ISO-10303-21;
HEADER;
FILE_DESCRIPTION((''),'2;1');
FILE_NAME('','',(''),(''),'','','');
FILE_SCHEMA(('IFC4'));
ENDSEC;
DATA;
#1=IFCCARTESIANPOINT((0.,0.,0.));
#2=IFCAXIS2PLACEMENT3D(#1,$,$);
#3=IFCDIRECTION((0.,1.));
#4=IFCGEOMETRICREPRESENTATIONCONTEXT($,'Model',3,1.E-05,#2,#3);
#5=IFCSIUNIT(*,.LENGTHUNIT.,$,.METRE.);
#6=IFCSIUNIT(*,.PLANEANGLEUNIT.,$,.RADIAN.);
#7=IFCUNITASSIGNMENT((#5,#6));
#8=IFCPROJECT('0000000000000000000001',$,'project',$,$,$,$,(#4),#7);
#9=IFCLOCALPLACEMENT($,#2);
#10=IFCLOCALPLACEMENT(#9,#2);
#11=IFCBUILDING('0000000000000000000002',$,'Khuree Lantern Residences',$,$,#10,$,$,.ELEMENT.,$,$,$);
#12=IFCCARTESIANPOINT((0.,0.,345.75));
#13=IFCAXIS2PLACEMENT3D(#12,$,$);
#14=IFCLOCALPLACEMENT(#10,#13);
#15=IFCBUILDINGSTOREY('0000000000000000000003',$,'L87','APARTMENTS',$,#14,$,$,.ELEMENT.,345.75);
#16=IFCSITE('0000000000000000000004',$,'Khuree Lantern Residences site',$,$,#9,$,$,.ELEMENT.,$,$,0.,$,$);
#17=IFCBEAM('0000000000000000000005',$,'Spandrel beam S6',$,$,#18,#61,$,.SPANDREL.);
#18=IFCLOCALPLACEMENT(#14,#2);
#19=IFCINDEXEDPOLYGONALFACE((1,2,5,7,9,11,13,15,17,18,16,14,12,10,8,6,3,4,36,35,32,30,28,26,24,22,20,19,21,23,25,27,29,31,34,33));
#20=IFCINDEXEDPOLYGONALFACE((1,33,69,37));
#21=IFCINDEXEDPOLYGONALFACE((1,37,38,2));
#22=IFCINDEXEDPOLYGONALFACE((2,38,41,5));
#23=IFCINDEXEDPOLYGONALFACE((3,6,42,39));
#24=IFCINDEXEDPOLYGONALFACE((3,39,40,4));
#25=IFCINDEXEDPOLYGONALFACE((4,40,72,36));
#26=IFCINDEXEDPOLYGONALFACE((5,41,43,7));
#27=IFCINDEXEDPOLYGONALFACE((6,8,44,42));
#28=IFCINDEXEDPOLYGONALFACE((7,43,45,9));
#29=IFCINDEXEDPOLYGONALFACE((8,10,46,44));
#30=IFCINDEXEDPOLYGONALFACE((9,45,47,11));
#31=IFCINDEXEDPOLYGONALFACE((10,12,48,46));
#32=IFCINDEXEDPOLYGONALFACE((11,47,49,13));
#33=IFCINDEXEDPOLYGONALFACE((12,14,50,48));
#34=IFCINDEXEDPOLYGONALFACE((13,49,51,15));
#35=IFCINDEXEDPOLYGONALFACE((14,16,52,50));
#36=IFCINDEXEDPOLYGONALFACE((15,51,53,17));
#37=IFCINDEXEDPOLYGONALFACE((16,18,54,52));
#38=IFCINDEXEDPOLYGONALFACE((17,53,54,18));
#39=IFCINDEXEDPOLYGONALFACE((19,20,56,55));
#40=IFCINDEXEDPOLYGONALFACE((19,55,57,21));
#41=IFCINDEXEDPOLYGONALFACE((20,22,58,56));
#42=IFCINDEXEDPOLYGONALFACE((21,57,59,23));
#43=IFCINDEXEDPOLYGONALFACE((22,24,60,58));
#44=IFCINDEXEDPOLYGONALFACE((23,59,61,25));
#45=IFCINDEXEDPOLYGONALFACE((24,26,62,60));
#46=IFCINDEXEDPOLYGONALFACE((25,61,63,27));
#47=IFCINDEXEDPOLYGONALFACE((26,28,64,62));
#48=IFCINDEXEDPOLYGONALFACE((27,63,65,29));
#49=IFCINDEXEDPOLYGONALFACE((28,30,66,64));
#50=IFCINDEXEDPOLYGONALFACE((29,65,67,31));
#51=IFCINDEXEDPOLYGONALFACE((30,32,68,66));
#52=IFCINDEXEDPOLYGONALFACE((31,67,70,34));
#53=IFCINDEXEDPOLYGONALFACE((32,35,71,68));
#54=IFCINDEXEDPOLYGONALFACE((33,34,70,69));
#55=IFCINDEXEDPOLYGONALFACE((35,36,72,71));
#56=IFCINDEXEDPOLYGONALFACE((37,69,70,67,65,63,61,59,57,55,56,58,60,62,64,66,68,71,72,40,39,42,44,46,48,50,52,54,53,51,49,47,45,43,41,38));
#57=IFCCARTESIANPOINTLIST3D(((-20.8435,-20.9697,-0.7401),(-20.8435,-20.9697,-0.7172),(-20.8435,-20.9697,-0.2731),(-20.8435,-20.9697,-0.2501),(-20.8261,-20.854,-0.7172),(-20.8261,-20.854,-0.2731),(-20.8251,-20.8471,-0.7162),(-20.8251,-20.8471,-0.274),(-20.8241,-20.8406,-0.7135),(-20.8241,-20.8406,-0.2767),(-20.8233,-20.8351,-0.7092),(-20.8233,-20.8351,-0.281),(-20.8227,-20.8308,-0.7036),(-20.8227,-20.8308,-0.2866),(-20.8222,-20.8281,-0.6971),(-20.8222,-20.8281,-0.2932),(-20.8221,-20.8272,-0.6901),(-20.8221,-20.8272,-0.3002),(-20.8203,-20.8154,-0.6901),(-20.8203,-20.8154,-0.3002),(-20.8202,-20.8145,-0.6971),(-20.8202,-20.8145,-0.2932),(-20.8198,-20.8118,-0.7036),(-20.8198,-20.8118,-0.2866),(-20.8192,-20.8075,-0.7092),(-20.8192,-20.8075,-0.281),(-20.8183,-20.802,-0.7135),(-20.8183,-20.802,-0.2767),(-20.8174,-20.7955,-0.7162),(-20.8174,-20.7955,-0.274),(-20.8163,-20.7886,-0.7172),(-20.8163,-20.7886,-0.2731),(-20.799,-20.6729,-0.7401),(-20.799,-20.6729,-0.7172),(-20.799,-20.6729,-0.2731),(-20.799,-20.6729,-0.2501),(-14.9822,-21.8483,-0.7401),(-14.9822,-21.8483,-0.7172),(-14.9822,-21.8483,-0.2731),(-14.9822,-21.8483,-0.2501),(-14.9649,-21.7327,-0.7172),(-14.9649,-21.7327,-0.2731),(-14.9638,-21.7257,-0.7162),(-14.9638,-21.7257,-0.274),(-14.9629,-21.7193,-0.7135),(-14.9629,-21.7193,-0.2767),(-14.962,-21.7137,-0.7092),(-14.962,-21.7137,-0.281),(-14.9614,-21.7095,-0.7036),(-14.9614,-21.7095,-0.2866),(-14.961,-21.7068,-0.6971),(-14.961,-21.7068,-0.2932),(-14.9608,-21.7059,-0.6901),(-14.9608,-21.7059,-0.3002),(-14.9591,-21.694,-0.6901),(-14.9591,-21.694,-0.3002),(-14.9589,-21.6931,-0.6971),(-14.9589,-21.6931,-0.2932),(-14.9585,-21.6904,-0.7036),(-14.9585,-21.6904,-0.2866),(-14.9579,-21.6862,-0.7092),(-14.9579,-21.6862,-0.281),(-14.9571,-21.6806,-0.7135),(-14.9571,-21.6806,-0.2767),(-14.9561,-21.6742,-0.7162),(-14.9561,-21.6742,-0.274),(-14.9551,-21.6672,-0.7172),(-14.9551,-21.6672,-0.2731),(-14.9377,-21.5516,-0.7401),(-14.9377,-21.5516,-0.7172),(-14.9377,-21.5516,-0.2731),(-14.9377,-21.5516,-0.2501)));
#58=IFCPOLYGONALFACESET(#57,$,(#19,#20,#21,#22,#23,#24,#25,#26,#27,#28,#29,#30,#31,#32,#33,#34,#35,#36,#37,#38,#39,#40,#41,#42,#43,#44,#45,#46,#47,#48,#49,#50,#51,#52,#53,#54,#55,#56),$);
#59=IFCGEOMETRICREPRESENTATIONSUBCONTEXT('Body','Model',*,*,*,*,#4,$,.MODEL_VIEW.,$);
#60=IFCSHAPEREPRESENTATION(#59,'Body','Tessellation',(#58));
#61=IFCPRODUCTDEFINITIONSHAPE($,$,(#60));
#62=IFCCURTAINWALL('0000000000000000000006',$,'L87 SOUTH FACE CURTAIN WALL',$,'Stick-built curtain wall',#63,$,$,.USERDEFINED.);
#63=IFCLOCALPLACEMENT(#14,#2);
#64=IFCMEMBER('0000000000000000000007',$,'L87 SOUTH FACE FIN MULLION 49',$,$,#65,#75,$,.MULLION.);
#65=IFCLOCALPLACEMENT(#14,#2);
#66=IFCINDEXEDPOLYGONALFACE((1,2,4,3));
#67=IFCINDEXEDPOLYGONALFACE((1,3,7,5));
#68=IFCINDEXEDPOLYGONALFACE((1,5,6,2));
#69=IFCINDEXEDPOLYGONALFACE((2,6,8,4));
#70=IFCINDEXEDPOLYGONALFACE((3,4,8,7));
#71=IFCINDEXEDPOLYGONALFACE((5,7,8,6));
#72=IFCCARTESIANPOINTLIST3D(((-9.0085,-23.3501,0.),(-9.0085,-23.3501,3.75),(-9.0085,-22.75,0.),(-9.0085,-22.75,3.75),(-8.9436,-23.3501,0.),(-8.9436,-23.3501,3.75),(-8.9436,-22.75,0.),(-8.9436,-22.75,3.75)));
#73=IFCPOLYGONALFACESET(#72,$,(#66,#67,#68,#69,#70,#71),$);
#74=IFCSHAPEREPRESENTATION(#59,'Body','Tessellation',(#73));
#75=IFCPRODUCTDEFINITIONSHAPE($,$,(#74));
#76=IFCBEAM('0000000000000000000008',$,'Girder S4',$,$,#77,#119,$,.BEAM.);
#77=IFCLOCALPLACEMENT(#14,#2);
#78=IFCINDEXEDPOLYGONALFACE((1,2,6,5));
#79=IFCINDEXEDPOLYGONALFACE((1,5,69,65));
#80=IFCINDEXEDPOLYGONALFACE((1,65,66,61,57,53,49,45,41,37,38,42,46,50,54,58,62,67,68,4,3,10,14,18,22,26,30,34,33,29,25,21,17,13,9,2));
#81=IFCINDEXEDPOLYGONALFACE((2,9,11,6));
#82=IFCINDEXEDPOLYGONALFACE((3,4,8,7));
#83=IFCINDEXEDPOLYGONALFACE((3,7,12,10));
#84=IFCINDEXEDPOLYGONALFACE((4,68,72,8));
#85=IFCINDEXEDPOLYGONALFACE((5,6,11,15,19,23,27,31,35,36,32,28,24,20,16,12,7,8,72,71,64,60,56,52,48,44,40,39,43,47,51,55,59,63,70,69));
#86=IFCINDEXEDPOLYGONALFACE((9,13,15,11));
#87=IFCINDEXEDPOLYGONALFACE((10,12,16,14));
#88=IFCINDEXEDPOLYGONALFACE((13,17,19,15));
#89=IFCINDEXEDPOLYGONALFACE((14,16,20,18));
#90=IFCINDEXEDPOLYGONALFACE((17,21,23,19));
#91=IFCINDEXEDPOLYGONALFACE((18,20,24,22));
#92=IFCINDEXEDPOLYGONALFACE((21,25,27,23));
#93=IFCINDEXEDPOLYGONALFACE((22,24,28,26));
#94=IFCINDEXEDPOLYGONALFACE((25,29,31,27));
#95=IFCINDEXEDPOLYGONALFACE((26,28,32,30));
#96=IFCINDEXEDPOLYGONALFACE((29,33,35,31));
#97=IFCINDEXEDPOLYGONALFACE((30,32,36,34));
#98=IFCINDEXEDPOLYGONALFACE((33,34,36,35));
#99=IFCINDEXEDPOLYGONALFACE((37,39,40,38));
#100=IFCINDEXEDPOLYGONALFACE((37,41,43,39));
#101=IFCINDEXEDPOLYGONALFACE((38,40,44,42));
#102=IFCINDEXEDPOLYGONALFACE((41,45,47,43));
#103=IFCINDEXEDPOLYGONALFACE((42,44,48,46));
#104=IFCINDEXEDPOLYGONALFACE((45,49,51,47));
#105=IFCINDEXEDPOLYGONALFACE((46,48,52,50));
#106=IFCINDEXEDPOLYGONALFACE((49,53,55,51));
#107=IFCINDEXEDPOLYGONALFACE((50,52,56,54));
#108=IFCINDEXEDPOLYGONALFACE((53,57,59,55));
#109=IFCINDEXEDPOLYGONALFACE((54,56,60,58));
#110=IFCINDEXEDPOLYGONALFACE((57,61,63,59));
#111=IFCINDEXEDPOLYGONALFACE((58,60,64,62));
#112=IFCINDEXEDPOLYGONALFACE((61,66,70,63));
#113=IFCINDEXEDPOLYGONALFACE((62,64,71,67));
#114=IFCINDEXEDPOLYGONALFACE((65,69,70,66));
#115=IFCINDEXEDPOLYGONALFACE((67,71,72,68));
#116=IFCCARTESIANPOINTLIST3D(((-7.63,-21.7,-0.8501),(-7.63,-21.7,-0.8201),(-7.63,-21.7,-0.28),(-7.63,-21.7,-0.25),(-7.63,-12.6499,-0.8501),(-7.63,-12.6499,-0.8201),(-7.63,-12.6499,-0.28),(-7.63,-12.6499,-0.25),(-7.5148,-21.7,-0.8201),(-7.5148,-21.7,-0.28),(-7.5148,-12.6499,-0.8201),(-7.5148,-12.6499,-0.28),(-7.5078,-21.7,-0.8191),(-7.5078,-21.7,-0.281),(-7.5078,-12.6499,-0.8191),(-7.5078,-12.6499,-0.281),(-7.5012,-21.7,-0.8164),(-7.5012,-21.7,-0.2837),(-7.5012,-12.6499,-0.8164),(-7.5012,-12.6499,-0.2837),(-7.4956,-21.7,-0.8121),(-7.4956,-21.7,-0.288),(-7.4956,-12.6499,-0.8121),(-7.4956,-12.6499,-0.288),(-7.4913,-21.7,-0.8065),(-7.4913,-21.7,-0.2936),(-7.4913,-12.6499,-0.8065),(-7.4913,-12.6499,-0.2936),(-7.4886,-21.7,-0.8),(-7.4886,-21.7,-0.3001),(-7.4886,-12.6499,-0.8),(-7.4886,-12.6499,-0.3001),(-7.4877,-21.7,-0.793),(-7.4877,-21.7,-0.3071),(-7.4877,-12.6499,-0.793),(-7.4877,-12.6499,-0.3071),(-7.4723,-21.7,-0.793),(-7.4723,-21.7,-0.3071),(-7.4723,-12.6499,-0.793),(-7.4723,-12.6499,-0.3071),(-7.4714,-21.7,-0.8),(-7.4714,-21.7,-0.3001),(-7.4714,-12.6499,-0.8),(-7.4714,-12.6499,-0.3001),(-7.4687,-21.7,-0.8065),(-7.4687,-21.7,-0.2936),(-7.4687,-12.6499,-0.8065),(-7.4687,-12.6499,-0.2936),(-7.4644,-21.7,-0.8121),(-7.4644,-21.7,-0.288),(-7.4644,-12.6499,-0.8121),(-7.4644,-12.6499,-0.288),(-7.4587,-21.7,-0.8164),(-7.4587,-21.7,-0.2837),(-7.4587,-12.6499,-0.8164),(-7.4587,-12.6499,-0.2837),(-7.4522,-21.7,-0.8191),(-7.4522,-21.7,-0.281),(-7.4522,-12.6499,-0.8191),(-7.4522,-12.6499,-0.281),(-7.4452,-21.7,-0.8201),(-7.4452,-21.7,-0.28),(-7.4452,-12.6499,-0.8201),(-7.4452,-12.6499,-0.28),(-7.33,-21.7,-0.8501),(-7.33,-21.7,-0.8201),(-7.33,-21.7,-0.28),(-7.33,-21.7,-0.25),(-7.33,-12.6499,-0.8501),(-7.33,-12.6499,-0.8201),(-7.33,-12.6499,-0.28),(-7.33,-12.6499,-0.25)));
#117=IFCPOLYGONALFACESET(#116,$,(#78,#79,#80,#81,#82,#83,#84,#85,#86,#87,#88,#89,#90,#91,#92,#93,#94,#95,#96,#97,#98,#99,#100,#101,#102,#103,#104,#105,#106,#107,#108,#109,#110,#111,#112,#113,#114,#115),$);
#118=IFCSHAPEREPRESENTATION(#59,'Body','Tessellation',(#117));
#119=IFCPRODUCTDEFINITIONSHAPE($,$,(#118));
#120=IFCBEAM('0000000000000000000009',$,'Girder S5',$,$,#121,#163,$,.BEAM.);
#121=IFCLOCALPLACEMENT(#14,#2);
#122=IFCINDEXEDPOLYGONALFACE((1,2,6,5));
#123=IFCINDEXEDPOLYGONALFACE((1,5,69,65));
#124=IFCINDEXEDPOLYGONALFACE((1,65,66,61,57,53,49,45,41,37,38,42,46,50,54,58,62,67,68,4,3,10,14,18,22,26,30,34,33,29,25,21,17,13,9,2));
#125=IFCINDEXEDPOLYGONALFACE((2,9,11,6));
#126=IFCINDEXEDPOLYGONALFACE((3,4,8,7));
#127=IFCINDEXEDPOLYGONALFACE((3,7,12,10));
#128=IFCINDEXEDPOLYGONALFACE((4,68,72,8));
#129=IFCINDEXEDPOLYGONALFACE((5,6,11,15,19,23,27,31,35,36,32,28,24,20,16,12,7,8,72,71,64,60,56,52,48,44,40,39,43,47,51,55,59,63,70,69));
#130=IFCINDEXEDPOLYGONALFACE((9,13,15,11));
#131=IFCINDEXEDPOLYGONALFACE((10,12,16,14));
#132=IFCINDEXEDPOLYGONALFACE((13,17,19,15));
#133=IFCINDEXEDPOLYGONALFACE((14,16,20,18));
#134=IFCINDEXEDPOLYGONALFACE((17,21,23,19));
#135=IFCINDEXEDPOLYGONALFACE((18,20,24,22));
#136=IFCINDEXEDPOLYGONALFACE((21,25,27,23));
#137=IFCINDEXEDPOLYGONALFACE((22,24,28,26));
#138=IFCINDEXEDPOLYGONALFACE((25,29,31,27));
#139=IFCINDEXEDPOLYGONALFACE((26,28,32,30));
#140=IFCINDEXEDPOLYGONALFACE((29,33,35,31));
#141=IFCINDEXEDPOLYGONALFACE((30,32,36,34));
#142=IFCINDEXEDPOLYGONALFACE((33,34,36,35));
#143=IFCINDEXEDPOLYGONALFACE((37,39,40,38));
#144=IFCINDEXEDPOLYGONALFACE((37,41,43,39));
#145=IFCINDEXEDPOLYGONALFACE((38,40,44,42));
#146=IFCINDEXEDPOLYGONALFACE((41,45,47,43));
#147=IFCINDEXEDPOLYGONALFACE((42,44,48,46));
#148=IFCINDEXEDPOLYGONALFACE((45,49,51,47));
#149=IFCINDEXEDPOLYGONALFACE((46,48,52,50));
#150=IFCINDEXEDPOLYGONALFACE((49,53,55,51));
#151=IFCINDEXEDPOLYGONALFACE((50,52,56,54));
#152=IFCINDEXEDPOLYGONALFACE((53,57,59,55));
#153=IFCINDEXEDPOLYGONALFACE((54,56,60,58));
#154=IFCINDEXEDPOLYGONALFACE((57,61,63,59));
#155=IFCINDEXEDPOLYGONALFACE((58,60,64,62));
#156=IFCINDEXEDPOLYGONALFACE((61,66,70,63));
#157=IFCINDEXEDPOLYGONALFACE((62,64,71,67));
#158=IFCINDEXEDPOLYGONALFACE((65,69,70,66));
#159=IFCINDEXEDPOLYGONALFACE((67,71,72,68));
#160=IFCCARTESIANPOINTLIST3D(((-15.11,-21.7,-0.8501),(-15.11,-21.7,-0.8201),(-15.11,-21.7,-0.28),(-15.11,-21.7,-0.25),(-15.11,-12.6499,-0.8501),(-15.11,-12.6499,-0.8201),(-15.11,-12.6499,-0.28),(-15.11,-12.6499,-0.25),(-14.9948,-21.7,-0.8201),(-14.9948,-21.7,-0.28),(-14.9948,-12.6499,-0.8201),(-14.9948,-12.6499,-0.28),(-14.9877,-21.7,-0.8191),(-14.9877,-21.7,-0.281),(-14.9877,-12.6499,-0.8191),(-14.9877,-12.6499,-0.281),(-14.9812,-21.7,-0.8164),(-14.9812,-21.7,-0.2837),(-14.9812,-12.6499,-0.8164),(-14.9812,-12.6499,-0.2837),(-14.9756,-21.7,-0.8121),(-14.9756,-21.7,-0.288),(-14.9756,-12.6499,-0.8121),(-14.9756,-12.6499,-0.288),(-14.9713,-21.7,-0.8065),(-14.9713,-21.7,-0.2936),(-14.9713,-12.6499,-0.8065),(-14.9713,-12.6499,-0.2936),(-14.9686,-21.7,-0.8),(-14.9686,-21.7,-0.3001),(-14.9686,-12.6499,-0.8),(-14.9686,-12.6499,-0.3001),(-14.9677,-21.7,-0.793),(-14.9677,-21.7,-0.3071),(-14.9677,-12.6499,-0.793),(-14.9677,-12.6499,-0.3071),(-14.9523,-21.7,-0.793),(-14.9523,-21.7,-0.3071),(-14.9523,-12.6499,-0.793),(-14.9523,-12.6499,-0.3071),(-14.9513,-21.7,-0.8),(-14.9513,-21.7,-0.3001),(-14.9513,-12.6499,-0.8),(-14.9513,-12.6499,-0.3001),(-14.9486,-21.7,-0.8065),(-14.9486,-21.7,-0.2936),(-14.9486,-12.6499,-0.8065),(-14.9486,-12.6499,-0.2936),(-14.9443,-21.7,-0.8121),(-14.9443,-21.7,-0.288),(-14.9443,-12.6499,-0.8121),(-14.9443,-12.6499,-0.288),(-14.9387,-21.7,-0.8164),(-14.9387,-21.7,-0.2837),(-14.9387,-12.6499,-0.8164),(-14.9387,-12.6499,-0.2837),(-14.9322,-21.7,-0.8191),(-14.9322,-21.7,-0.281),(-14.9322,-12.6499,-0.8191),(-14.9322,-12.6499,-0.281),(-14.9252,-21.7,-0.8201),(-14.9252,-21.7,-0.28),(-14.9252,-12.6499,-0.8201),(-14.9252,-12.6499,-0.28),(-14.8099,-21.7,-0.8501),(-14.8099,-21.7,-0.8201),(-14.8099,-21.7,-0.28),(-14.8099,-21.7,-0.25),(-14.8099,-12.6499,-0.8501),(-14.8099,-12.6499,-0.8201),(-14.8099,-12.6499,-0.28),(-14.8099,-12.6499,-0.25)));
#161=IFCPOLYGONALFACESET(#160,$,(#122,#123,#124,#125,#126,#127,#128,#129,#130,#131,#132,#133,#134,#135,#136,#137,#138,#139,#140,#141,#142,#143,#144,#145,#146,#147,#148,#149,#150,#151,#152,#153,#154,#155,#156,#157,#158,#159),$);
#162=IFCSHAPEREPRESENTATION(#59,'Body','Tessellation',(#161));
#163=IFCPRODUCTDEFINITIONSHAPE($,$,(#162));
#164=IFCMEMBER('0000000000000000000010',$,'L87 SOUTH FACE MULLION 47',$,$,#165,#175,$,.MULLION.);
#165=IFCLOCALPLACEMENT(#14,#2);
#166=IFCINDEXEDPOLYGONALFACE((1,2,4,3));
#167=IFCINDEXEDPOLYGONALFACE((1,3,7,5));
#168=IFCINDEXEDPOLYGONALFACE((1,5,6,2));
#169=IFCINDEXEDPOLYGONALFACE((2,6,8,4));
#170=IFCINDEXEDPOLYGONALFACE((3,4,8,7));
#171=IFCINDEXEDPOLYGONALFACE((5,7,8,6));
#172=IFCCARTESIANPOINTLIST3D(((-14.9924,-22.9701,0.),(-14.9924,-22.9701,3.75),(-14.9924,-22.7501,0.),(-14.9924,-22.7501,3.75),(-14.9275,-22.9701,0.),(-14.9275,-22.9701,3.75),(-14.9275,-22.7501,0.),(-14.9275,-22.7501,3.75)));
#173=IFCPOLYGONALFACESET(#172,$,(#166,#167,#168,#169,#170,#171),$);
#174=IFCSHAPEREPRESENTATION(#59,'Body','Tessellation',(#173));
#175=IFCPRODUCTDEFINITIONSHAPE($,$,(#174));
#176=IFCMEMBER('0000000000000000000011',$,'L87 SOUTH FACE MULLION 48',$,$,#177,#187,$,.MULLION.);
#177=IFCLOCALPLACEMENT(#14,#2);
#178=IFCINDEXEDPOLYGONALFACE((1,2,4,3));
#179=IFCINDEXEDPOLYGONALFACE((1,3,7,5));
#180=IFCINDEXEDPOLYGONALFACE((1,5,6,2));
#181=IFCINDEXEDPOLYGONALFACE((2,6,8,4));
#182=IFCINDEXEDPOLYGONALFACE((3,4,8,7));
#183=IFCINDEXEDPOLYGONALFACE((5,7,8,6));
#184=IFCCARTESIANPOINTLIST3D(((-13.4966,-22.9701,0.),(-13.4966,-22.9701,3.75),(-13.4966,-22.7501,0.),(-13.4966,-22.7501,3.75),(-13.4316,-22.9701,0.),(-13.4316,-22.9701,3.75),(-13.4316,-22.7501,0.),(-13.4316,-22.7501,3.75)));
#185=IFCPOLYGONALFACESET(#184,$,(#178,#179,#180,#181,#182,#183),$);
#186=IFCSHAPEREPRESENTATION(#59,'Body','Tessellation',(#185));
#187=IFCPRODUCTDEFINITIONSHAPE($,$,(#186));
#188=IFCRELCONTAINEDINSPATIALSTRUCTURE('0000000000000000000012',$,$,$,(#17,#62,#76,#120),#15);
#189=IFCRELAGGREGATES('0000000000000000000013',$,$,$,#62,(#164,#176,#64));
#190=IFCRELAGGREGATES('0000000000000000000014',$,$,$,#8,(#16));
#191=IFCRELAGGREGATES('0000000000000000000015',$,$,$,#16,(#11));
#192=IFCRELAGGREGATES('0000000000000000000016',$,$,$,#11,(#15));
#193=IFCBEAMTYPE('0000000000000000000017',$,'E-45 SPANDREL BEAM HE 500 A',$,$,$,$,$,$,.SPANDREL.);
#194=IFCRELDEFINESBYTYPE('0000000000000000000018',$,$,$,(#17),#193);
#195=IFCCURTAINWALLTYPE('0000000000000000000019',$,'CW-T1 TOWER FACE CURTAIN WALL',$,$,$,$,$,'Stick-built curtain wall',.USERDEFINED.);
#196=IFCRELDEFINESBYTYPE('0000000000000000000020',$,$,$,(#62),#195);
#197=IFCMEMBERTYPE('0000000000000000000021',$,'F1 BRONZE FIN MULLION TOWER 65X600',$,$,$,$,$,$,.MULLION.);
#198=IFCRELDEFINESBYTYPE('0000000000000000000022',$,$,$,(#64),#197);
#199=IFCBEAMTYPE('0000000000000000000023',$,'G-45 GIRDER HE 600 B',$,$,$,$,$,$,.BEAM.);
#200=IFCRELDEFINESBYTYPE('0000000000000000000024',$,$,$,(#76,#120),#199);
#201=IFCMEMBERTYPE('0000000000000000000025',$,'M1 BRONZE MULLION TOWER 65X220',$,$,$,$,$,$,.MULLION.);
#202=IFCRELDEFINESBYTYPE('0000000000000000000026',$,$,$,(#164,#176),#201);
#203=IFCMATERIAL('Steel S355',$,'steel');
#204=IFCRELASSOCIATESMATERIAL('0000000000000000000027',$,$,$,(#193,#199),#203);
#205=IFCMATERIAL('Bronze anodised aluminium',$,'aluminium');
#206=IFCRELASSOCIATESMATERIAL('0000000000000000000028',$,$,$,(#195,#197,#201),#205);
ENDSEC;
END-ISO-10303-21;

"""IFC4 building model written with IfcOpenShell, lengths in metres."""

from ifc_helpers import new_model, si_unit, direction, frame, origin, origin_2d, place, context, subcontext, project, spatial, rectangle, i_section, extrude, material, material_profile, profile_set, type_object, element, aggregate, save


model = new_model("IFC4")

# Units and contexts
model_context = context("Model", 3, precision=1e-05, world=origin(), true_north=direction((0.0, 1.0)))
body_context = subcontext(model_context, "Body", "Model", "MODEL_VIEW")
ifc_project = project(units=[si_unit("LENGTHUNIT", "METRE"), si_unit("PLANEANGLEUNIT", "RADIAN")], contexts=[model_context])

# Site, building, storey
site_placement = place(None, origin())
site = spatial("IfcSite", under=ifc_project, at=site_placement, Name="Khuree Lantern Residences site", CompositionType="ELEMENT", RefElevation=0.0)
building_placement = place(site_placement, origin())
building = spatial("IfcBuilding", under=site, at=building_placement, Name="Khuree Lantern Residences", CompositionType="ELEMENT")
storey_placement = place(building_placement, frame((0.0, 0.0, 345.75)))
storey = spatial("IfcBuildingStorey", under=building, at=storey_placement, Name="L87", Description="APARTMENTS", CompositionType="ELEMENT", Elevation=345.75)

# Beam
ifc_material_1 = material(Name="Steel S355", Category="steel")
ifc_material_profile_1 = material_profile(ifc_material_1, i_section(OverallWidth=0.3, OverallDepth=0.49, WebThickness=0.012, FlangeThickness=0.0229, FilletRadius=0.0271, at=origin_2d()), Name="HE 500 A")
ifc_profile_set_1 = profile_set([ifc_material_profile_1], Name="Steel S355")
beam_type_1 = type_object("IfcBeamType", Name="E-45 SPANDREL BEAM HE 500 A", PredefinedType="SPANDREL", material=ifc_profile_set_1)
beam_1_placement = place(storey_placement, frame((-14.96, -21.7, -0.4951), z_axis=(-0.98895, 0.148252, 0.0), x_axis=(-0.148252, -0.98895, 0.0)))
element("IfcBeam", 1, at=beam_1_placement, inside=storey, type_object=beam_type_1, Name="Spandrel beam S6", PredefinedType="SPANDREL", context=body_context, shape_type="SweptSolid", body=[
    extrude(i_section(OverallWidth=0.3, OverallDepth=0.49, WebThickness=0.012, FlangeThickness=0.0229, FilletRadius=0.0271, at=origin_2d()), origin(), (0.0, 0.0, 1.0), 5.9268),
])

# Curtain wall, member
ifc_material_2 = material(Name="Bronze anodised aluminium", Category="aluminium")
curtain_wall_type = type_object("IfcCurtainWallType", Name="CW-T1 TOWER FACE CURTAIN WALL", ElementType="Stick-built curtain wall", PredefinedType="USERDEFINED", material=ifc_material_2)
curtain_wall_placement = place(storey_placement, origin())
curtain_wall = element("IfcCurtainWall", 2, at=curtain_wall_placement, inside=storey, type_object=curtain_wall_type, Name="L87 SOUTH FACE CURTAIN WALL", ObjectType="Stick-built curtain wall", PredefinedType="USERDEFINED")
ifc_material_profile_2 = material_profile(ifc_material_2, rectangle(XDim=0.0649, YDim=0.6001, at=origin_2d()), Name="F1 65X600")
ifc_profile_set_2 = profile_set([ifc_material_profile_2], Name="Bronze anodised aluminium")
member_type_1 = type_object("IfcMemberType", Name="F1 BRONZE FIN MULLION TOWER 65X600", PredefinedType="MULLION", material=ifc_profile_set_2)
member_1_placement = place(storey_placement, frame((-8.9761, -23.05, 0.0), z_axis=(0.0, 0.0, 1.0), x_axis=(1.0, 0.0, 0.0)))
member_1 = element("IfcMember", 3, at=member_1_placement, type_object=member_type_1, Name="L87 SOUTH FACE FIN MULLION 49", PredefinedType="MULLION", context=body_context, shape_type="SweptSolid", body=[
    extrude(rectangle(XDim=0.0649, YDim=0.6001, at=origin_2d()), origin(), (0.0, 0.0, 1.0), 3.75),
])

# Beams
ifc_material_profile_3 = material_profile(ifc_material_1, i_section(OverallWidth=0.3, OverallDepth=0.6001, WebThickness=0.0154, FlangeThickness=0.03, FilletRadius=0.0271, at=origin_2d()), Name="HE 600 B")
ifc_profile_set_3 = profile_set([ifc_material_profile_3], Name="Steel S355")
beam_type_2 = type_object("IfcBeamType", Name="G-45 GIRDER HE 600 B", PredefinedType="BEAM", material=ifc_profile_set_3)
for number, where, z_axis, x_axis, name in (
    (4, (-7.48, -21.7, -0.55), (0.0, 1.0, 0.0), (-1.0, 0.0, 0.0), "Girder S4"),
    (5, (-14.96, -21.7, -0.55), (0.0, 1.0, 0.0), (-1.0, 0.0, 0.0), "Girder S5"),
):
    element("IfcBeam", number, at=place(storey_placement, frame(where, z_axis=z_axis, x_axis=x_axis)), inside=storey, type_object=beam_type_2, Name=name, PredefinedType="BEAM", context=body_context, shape_type="SweptSolid", body=[
        extrude(i_section(OverallWidth=0.3, OverallDepth=0.6001, WebThickness=0.0154, FlangeThickness=0.03, FilletRadius=0.0271, at=origin_2d()), origin(), (0.0, 0.0, 1.0), 9.05),
    ])

# Members
ifc_material_profile_4 = material_profile(ifc_material_2, rectangle(XDim=0.0649, YDim=0.22, at=origin_2d()), Name="M1 65X220")
ifc_profile_set_4 = profile_set([ifc_material_profile_4], Name="Bronze anodised aluminium")
member_type_2 = type_object("IfcMemberType", Name="M1 BRONZE MULLION TOWER 65X220", PredefinedType="MULLION", material=ifc_profile_set_4)
member_2_placement = place(storey_placement, frame((-14.96, -22.8601, 0.0), z_axis=(0.0, 0.0, 1.0), x_axis=(1.0, 0.0, 0.0)))
member_2 = element("IfcMember", 6, at=member_2_placement, type_object=member_type_2, Name="L87 SOUTH FACE MULLION 47", PredefinedType="MULLION", context=body_context, shape_type="SweptSolid", body=[
    extrude(rectangle(XDim=0.0649, YDim=0.22, at=origin_2d()), origin(), (0.0, 0.0, 1.0), 3.75),
])
member_3_placement = place(storey_placement, frame((-13.4641, -22.8601, 0.0), z_axis=(0.0, 0.0, 1.0), x_axis=(1.0, 0.0, 0.0)))
member_3 = element("IfcMember", 7, at=member_3_placement, type_object=member_type_2, Name="L87 SOUTH FACE MULLION 48", PredefinedType="MULLION", context=body_context, shape_type="SweptSolid", body=[
    extrude(rectangle(XDim=0.0649, YDim=0.22, at=origin_2d()), origin(), (0.0, 0.0, 1.0), 3.75),
])

aggregate(curtain_wall, [member_2, member_3, member_1])

save(model, "model.ifc")
